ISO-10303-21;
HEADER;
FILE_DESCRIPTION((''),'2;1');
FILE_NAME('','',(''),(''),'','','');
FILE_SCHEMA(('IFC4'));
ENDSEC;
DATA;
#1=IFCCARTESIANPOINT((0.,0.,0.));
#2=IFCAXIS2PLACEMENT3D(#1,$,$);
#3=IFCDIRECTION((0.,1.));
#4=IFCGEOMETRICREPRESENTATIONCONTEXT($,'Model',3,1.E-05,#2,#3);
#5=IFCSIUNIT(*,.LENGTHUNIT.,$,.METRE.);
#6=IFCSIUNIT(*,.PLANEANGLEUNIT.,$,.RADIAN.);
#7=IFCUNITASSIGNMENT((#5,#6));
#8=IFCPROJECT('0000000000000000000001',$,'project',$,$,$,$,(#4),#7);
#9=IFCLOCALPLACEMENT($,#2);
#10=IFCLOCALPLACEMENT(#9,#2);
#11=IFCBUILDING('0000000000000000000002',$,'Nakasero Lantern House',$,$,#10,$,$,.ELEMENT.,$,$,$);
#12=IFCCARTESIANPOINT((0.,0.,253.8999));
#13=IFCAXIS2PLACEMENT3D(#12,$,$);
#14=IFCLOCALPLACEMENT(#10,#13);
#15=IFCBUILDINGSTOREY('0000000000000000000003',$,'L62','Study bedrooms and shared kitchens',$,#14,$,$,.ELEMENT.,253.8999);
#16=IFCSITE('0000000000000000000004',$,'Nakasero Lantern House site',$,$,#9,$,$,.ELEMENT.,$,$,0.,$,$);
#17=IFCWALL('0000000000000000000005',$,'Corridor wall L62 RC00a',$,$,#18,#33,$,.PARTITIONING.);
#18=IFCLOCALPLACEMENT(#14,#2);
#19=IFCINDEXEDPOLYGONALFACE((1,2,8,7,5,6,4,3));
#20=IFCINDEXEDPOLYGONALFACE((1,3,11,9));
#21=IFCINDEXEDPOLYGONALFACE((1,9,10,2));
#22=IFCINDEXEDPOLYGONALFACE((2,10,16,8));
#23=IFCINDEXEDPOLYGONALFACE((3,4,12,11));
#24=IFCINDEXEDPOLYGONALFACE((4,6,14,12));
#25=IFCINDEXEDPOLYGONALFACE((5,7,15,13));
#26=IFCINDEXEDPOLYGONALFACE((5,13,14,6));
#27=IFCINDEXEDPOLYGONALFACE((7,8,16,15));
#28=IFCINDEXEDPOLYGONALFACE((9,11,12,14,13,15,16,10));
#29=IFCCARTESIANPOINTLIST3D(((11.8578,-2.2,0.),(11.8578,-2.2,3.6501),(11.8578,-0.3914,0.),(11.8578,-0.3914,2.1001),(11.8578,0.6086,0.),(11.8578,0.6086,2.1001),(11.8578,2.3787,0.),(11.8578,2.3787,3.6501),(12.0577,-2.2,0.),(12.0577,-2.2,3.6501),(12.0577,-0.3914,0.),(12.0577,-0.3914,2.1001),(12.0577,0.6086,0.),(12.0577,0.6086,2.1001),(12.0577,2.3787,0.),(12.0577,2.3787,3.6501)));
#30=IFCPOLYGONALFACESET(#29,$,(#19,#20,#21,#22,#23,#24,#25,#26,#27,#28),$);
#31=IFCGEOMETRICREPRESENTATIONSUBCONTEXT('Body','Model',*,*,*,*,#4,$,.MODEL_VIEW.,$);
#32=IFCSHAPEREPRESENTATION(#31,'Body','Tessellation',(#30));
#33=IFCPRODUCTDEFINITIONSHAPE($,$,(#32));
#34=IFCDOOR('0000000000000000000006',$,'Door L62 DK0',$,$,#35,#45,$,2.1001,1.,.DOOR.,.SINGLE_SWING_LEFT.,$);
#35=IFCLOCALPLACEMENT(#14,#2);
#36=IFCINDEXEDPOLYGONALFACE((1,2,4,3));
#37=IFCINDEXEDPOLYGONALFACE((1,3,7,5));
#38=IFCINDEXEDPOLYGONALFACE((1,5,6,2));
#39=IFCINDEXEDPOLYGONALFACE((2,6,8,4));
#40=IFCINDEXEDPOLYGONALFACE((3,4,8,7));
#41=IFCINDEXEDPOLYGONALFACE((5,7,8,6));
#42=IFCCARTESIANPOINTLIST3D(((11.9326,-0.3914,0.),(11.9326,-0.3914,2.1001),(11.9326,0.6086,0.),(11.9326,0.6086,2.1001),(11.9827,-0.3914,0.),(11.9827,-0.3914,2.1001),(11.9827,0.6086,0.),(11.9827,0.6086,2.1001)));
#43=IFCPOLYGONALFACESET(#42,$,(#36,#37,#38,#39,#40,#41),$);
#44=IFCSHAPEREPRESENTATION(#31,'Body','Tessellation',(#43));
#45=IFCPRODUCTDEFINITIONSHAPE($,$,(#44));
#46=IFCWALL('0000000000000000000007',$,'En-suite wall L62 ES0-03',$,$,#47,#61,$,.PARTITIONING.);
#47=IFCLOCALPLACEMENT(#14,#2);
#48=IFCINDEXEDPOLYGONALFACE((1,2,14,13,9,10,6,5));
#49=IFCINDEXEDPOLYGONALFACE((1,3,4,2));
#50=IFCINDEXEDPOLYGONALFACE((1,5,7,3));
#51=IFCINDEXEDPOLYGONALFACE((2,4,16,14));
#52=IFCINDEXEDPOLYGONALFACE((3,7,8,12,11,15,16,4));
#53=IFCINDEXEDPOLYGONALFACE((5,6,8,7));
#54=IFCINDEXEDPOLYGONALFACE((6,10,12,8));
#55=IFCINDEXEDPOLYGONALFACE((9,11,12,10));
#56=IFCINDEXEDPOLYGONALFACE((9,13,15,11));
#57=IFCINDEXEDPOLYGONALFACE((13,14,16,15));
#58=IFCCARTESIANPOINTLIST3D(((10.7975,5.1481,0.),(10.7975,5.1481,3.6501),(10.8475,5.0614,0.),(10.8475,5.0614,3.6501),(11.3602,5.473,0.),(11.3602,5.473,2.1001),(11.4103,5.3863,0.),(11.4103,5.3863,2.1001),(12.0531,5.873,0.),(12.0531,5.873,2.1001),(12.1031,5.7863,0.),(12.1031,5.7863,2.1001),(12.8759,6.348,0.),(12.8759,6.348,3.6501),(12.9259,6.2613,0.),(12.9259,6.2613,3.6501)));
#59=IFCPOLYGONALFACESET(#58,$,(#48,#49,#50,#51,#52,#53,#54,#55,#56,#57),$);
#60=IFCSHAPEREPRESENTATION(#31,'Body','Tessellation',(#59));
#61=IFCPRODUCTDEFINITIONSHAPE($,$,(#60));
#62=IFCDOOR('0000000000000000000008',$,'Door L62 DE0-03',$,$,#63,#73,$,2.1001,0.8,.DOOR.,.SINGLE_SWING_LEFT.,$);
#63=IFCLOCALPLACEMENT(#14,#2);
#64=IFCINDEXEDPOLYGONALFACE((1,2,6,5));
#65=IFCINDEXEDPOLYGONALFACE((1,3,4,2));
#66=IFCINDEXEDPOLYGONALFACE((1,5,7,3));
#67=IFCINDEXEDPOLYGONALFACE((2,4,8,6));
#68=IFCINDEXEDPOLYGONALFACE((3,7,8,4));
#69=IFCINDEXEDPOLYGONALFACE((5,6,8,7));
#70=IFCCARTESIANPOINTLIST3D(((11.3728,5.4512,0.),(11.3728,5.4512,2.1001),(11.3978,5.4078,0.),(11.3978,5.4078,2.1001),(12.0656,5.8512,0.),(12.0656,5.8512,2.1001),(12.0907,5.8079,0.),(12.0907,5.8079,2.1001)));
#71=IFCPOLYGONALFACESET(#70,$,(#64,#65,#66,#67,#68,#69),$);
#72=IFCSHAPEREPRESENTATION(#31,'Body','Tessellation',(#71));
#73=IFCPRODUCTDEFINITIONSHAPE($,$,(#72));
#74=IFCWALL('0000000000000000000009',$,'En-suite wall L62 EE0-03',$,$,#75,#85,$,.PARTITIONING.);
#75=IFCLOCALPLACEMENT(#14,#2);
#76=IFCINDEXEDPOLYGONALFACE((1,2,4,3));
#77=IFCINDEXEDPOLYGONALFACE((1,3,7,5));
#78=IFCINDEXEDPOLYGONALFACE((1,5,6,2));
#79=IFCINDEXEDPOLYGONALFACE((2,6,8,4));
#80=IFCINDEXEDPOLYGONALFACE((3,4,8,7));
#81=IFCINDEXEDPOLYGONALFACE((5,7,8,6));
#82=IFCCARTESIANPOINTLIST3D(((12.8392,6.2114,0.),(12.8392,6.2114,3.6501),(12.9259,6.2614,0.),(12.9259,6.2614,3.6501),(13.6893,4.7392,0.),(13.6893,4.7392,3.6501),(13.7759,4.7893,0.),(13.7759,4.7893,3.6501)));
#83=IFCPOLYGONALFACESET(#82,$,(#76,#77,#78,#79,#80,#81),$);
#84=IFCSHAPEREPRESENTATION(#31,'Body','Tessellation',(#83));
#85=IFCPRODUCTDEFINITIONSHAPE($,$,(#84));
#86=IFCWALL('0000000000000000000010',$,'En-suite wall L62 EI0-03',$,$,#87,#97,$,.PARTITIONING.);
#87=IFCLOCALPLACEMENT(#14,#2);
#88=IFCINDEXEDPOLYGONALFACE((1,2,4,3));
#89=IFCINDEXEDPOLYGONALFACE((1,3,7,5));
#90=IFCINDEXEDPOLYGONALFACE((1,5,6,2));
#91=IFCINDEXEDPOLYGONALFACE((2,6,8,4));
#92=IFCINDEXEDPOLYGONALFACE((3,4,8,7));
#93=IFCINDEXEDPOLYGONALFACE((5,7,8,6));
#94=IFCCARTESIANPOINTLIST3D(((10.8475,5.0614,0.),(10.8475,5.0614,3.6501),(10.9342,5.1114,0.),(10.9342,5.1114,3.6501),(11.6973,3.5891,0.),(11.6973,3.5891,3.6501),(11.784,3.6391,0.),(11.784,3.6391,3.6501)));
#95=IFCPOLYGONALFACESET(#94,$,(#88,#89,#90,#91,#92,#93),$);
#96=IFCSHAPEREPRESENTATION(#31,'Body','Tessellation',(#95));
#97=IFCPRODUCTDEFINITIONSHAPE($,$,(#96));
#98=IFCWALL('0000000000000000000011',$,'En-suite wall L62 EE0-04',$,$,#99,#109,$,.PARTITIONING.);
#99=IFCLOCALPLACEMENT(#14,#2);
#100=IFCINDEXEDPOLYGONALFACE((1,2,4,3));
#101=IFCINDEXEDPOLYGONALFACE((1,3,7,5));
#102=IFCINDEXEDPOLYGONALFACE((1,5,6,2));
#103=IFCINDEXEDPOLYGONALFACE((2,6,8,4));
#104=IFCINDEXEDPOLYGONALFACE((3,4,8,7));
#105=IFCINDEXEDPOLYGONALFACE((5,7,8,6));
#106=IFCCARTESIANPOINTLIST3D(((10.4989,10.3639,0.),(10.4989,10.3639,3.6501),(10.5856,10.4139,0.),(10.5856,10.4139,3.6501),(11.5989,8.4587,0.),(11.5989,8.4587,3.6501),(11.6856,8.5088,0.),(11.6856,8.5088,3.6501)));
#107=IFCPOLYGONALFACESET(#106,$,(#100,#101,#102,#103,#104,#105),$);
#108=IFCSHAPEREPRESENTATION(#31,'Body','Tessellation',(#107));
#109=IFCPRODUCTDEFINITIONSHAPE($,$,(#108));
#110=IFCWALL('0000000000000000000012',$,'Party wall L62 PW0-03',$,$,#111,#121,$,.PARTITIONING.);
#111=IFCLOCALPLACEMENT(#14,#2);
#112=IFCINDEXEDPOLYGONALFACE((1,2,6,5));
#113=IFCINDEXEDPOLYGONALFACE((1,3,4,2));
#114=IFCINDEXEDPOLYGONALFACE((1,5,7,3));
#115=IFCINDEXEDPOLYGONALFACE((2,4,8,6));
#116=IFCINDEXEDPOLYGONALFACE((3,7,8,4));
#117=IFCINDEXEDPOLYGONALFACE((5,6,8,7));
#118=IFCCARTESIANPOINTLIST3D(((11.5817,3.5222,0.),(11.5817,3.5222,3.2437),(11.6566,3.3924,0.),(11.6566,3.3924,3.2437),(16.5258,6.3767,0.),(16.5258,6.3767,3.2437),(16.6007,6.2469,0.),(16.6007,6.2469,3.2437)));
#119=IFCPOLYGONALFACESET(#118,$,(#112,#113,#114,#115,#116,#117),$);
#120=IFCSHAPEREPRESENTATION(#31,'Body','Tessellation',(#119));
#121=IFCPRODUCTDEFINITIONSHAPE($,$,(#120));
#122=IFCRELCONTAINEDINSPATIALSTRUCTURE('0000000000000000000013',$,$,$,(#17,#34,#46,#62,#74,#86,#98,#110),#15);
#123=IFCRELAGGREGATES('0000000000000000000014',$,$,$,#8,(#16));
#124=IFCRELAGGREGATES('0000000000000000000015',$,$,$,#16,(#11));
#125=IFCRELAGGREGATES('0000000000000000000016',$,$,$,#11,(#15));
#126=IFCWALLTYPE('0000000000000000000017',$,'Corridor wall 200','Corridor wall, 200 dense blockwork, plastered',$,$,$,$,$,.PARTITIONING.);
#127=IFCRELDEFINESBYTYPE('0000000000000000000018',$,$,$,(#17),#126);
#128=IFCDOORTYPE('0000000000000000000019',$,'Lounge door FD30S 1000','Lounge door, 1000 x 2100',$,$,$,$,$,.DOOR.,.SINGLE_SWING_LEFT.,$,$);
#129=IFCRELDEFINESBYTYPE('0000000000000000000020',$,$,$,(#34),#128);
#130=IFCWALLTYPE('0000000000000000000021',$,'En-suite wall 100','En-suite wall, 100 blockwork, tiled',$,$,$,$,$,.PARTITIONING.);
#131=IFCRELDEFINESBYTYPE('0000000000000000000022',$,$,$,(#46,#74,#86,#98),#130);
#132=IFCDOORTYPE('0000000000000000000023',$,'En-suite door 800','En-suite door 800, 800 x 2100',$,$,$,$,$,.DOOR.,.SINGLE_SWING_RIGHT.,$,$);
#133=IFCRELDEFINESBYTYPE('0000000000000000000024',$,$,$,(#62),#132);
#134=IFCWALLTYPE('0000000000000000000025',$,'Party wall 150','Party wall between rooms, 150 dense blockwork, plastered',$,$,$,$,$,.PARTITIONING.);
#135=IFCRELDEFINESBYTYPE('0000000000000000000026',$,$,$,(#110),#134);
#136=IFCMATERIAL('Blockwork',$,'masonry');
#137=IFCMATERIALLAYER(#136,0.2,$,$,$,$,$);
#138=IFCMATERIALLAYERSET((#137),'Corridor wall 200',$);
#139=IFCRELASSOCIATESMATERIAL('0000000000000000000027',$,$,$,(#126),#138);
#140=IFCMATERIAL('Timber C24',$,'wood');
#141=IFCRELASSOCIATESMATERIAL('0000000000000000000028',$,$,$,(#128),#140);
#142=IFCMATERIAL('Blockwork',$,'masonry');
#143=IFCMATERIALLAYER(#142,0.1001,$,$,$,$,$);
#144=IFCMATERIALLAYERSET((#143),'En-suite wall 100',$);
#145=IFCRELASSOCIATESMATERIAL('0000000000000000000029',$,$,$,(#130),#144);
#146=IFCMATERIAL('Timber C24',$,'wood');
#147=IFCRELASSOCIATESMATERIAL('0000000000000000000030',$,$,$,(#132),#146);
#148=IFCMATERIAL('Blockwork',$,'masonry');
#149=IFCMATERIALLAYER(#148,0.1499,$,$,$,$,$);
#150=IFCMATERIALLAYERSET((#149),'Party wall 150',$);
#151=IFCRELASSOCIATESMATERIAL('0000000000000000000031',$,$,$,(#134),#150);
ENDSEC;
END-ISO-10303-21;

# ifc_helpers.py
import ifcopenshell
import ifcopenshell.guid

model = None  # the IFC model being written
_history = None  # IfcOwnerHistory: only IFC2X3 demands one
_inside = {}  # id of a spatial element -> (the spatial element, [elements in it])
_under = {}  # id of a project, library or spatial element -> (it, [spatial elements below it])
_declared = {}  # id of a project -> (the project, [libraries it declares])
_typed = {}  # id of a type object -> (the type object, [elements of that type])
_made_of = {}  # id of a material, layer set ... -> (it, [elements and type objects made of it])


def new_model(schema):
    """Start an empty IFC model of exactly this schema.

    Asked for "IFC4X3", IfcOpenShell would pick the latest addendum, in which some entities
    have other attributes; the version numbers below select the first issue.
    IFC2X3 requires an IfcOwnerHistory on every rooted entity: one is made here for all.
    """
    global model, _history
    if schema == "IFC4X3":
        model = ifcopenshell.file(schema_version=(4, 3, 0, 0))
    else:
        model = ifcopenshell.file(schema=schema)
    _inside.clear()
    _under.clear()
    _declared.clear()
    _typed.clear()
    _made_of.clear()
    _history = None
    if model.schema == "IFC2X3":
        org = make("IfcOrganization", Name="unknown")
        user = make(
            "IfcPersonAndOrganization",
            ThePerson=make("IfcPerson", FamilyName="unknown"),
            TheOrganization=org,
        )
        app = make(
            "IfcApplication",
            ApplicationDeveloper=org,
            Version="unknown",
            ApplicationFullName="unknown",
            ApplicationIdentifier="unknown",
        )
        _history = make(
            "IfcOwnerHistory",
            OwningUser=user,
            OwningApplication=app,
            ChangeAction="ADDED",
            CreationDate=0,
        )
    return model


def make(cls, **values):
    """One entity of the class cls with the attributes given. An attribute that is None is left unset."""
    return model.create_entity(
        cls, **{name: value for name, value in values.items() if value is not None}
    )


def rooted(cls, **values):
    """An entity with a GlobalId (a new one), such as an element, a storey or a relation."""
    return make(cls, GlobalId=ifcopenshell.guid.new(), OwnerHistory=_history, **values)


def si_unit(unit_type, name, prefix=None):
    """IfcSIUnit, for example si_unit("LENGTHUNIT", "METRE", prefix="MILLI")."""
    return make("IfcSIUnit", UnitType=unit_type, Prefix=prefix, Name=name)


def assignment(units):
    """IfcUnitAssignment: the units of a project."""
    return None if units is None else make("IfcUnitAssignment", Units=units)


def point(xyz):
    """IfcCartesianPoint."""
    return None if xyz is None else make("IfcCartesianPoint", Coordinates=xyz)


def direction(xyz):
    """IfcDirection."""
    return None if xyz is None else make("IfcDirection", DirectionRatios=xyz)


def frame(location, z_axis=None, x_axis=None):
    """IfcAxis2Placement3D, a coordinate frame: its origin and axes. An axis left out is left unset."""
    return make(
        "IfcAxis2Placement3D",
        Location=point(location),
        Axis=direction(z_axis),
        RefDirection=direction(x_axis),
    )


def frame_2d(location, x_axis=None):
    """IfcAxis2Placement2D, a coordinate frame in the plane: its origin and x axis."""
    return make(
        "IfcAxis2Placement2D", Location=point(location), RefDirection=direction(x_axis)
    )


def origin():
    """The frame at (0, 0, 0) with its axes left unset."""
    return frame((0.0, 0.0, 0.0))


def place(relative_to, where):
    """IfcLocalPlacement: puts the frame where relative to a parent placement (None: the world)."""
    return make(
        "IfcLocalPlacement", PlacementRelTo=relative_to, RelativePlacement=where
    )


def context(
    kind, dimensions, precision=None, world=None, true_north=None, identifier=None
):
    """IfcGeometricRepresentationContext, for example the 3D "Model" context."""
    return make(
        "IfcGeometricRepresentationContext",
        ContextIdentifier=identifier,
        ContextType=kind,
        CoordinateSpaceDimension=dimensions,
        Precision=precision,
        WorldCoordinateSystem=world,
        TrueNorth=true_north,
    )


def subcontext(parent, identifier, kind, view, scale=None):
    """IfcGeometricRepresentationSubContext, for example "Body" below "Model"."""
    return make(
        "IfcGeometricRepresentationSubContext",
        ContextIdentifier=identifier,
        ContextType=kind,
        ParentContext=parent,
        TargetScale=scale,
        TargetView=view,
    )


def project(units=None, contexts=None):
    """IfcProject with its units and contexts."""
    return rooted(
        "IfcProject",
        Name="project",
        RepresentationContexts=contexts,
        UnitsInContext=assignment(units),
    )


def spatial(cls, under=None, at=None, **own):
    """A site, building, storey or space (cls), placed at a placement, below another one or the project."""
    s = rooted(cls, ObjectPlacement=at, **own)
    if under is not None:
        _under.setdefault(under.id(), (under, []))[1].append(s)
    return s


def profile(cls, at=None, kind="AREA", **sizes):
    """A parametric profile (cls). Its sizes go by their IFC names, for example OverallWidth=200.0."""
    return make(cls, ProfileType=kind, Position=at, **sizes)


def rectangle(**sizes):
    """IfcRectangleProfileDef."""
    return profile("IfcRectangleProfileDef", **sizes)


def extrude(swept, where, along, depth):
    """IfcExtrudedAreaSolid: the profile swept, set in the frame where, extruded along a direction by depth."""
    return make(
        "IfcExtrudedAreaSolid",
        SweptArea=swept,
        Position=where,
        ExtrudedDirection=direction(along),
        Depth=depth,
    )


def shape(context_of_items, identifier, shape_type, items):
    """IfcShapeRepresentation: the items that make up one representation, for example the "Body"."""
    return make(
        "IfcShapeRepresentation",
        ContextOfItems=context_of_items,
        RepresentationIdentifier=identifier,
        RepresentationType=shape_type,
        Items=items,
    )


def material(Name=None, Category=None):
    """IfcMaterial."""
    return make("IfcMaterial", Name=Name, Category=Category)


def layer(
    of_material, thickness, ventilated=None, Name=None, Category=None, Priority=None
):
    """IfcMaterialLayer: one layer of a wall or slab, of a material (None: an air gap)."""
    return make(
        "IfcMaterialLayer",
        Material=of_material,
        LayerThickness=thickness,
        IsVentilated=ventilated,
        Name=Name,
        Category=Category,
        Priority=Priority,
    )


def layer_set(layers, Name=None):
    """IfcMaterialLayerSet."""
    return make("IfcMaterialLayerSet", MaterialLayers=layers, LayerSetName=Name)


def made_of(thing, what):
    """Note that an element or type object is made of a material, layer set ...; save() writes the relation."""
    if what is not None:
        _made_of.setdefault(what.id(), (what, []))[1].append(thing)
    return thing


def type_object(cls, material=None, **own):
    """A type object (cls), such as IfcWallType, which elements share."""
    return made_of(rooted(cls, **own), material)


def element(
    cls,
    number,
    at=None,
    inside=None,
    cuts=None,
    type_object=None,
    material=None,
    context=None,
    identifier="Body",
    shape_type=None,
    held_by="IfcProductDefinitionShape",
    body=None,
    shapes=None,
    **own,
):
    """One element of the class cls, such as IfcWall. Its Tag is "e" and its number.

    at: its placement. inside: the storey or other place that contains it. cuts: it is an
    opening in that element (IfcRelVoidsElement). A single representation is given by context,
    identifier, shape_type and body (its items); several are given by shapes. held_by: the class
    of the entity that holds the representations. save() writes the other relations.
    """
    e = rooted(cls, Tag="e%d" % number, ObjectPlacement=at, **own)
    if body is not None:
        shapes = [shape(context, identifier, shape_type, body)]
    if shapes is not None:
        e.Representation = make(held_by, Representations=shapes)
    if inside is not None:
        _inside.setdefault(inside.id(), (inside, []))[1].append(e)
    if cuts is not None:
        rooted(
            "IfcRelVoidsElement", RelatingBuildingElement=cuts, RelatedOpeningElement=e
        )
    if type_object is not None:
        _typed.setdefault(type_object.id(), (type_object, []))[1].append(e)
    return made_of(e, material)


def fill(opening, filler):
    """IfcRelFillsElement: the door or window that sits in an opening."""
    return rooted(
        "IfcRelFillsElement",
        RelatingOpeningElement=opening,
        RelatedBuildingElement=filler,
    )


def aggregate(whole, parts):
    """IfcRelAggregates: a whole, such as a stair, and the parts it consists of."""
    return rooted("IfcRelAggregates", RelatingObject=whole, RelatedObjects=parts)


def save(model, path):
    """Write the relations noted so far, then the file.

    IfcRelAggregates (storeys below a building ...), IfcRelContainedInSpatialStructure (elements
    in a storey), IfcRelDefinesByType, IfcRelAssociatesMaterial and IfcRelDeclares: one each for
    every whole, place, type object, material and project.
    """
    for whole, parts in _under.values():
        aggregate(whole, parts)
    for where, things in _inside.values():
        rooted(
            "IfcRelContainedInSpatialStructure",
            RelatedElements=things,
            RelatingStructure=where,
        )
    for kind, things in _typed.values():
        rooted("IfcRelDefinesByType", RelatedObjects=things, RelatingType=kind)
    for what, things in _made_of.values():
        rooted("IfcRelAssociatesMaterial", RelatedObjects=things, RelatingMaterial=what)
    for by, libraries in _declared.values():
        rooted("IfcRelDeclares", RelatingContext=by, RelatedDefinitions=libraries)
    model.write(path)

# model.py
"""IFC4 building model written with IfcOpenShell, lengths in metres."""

from ifc_helpers import new_model, si_unit, direction, frame, frame_2d, origin, place, context, subcontext, project, spatial, rectangle, extrude, material, layer, layer_set, type_object, element, fill, save


model = new_model("IFC4")

# Units and contexts
model_context = context("Model", 3, precision=1e-05, world=origin(), true_north=direction((0.0, 1.0)))
body_context = subcontext(model_context, "Body", "Model", "MODEL_VIEW")
ifc_project = project(units=[si_unit("LENGTHUNIT", "METRE"), si_unit("PLANEANGLEUNIT", "RADIAN")], contexts=[model_context])

# Site, building, storey
site_placement = place(None, origin())
site = spatial("IfcSite", under=ifc_project, at=site_placement, Name="Nakasero Lantern House site", CompositionType="ELEMENT", RefElevation=0.0)
building_placement = place(site_placement, origin())
building = spatial("IfcBuilding", under=site, at=building_placement, Name="Nakasero Lantern House", CompositionType="ELEMENT")
storey_placement = place(building_placement, frame((0.0, 0.0, 253.8999)))
storey = spatial("IfcBuildingStorey", under=building, at=storey_placement, Name="L62", Description="Study bedrooms and shared kitchens", CompositionType="ELEMENT", Elevation=253.8999)

# Walls, openings, doors
ifc_material_1 = material(Name="Blockwork", Category="masonry")
ifc_layer_1 = layer(ifc_material_1, 0.2)
ifc_layer_set_1 = layer_set([ifc_layer_1], Name="Corridor wall 200")
wall_type_1 = type_object("IfcWallType", Name="Corridor wall 200", Description="Corridor wall, 200 dense blockwork, plastered", PredefinedType="PARTITIONING", material=ifc_layer_set_1)
wall_1_placement = place(storey_placement, frame((11.9578, 2.3787, 0.0), z_axis=(0.0, 0.0, 1.0), x_axis=(0.0, -1.0, 0.0)))
wall_1 = element("IfcWall", 1, at=wall_1_placement, inside=storey, type_object=wall_type_1, Name="Corridor wall L62 RC00a", PredefinedType="PARTITIONING", context=body_context, shape_type="SweptSolid", body=[
    extrude(rectangle(XDim=4.5786, YDim=0.2, at=frame_2d((2.2893, 0.0))), origin(), (0.0, 0.0, 1.0), 3.6501),
])
opening_1_placement = place(wall_1_placement, frame((1.77, 0.0, 0.0)))
opening_1 = element("IfcOpeningElement", 2, at=opening_1_placement, cuts=wall_1, PredefinedType="OPENING", context=body_context, shape_type="SweptSolid", body=[
    extrude(rectangle(XDim=1.0, YDim=2.1001, at=frame_2d((0.5, 1.05))), frame((0.0, 0.1199, 0.0), z_axis=(0.0, -1.0, 0.0), x_axis=(1.0, 0.0, 0.0)), (0.0, 0.0, 1.0), 0.24),
])
ifc_material_2 = material(Name="Timber C24", Category="wood")
door_type_1 = type_object("IfcDoorType", Name="Lounge door FD30S 1000", Description="Lounge door, 1000 x 2100", OperationType="SINGLE_SWING_LEFT", PredefinedType="DOOR", material=ifc_material_2)
door_1_placement = place(opening_1_placement, origin())
door_1 = element("IfcDoor", 3, at=door_1_placement, inside=storey, type_object=door_type_1, Name="Door L62 DK0", OperationType="SINGLE_SWING_LEFT", OverallHeight=2.1001, OverallWidth=1.0, PredefinedType="DOOR", context=body_context, shape_type="SweptSolid", body=[
    extrude(rectangle(XDim=1.0, YDim=2.1001, at=frame_2d((0.5, 1.05))), frame((0.0, 0.0249, 0.0), z_axis=(0.0, -1.0, 0.0), x_axis=(1.0, 0.0, 0.0)), (0.0, 0.0, 1.0), 0.05),
])
fill(opening_1, door_1)
ifc_material_3 = material(Name="Blockwork", Category="masonry")
ifc_layer_2 = layer(ifc_material_3, 0.1001)
ifc_layer_set_2 = layer_set([ifc_layer_2], Name="En-suite wall 100")
wall_type_2 = type_object("IfcWallType", Name="En-suite wall 100", Description="En-suite wall, 100 blockwork, tiled", PredefinedType="PARTITIONING", material=ifc_layer_set_2)
wall_2_placement = place(storey_placement, frame((10.8225, 5.1047, 0.0), z_axis=(0.0, 0.0, 1.0), x_axis=(0.866025, 0.500001, 0.0)))
wall_2 = element("IfcWall", 4, at=wall_2_placement, inside=storey, type_object=wall_type_2, Name="En-suite wall L62 ES0-03", PredefinedType="PARTITIONING", context=body_context, shape_type="SweptSolid", body=[
    extrude(rectangle(XDim=2.3999, YDim=0.1001, at=frame_2d((1.2, 0.0))), origin(), (0.0, 0.0, 1.0), 3.6501),
])
opening_2_placement = place(wall_2_placement, frame((0.6499, 0.0, 0.0)))
opening_2 = element("IfcOpeningElement", 5, at=opening_2_placement, cuts=wall_2, PredefinedType="OPENING", context=body_context, shape_type="SweptSolid", body=[
    extrude(rectangle(XDim=0.8, YDim=2.1001, at=frame_2d((0.3999, 1.05))), frame((0.0, 0.0701, 0.0), z_axis=(0.0, -1.0, 0.0), x_axis=(1.0, 0.0, 0.0)), (0.0, 0.0, 1.0), 0.1401),
])
ifc_material_4 = material(Name="Timber C24", Category="wood")
door_type_2 = type_object("IfcDoorType", Name="En-suite door 800", Description="En-suite door 800, 800 x 2100", OperationType="SINGLE_SWING_RIGHT", PredefinedType="DOOR", material=ifc_material_4)
door_2_placement = place(opening_2_placement, origin())
door_2 = element("IfcDoor", 6, at=door_2_placement, inside=storey, type_object=door_type_2, Name="Door L62 DE0-03", OperationType="SINGLE_SWING_LEFT", OverallHeight=2.1001, OverallWidth=0.8, PredefinedType="DOOR", context=body_context, shape_type="SweptSolid", body=[
    extrude(rectangle(XDim=0.8, YDim=2.1001, at=frame_2d((0.3999, 1.05))), frame((0.0, 0.0249, 0.0), z_axis=(0.0, -1.0, 0.0), x_axis=(1.0, 0.0, 0.0)), (0.0, 0.0, 1.0), 0.05),
])
fill(opening_2, door_2)

# Walls
for number, where, z_axis, x_axis, name in (
    (7, (13.7327, 4.7642, 0.0), (0.0, 0.0, 1.0), (-0.500062, 0.865989, 0.0), "En-suite wall L62 EE0-03"),
    (8, (11.7407, 3.614, 0.0), (0.0, 0.0, 1.0), (-0.499892, 0.866088, 0.0), "En-suite wall L62 EI0-03"),
):
    element("IfcWall", number, at=place(storey_placement, frame(where, z_axis=z_axis, x_axis=x_axis)), inside=storey, type_object=wall_type_2, Name=name, PredefinedType="PARTITIONING", context=body_context, shape_type="SweptSolid", body=[
        extrude(rectangle(XDim=1.7, YDim=0.1001, at=frame_2d((0.8501, 0.0))), origin(), (0.0, 0.0, 1.0), 3.6501),
    ])
wall_3_placement = place(storey_placement, frame((11.6423, 8.4836, 0.0), z_axis=(0.0, 0.0, 1.0), x_axis=(-0.50003, 0.866008, 0.0)))
element("IfcWall", 9, at=wall_3_placement, inside=storey, type_object=wall_type_2, Name="En-suite wall L62 EE0-04", PredefinedType="PARTITIONING", context=body_context, shape_type="SweptSolid", body=[
    extrude(rectangle(XDim=2.2, YDim=0.1001, at=frame_2d((1.1001, 0.0))), origin(), (0.0, 0.0, 1.0), 3.6501),
])
ifc_material_5 = material(Name="Blockwork", Category="masonry")
ifc_layer_3 = layer(ifc_material_5, 0.1499)
ifc_layer_set_3 = layer_set([ifc_layer_3], Name="Party wall 150")
wall_type_3 = type_object("IfcWallType", Name="Party wall 150", Description="Party wall between rooms, 150 dense blockwork, plastered", PredefinedType="PARTITIONING", material=ifc_layer_set_3)
wall_4_placement = place(storey_placement, frame((11.6191, 3.4573, 0.0), z_axis=(0.0, 0.0, 1.0), x_axis=(0.866024, 0.500003, 0.0)))
element("IfcWall", 10, at=wall_4_placement, inside=storey, type_object=wall_type_3, Name="Party wall L62 PW0-03", PredefinedType="PARTITIONING", context=body_context, shape_type="SweptSolid", body=[
    extrude(rectangle(XDim=5.709, YDim=0.1499, at=frame_2d((2.8545, 0.0))), origin(), (0.0, 0.0, 1.0), 3.2437),
])

save(model, "model.ifc")
